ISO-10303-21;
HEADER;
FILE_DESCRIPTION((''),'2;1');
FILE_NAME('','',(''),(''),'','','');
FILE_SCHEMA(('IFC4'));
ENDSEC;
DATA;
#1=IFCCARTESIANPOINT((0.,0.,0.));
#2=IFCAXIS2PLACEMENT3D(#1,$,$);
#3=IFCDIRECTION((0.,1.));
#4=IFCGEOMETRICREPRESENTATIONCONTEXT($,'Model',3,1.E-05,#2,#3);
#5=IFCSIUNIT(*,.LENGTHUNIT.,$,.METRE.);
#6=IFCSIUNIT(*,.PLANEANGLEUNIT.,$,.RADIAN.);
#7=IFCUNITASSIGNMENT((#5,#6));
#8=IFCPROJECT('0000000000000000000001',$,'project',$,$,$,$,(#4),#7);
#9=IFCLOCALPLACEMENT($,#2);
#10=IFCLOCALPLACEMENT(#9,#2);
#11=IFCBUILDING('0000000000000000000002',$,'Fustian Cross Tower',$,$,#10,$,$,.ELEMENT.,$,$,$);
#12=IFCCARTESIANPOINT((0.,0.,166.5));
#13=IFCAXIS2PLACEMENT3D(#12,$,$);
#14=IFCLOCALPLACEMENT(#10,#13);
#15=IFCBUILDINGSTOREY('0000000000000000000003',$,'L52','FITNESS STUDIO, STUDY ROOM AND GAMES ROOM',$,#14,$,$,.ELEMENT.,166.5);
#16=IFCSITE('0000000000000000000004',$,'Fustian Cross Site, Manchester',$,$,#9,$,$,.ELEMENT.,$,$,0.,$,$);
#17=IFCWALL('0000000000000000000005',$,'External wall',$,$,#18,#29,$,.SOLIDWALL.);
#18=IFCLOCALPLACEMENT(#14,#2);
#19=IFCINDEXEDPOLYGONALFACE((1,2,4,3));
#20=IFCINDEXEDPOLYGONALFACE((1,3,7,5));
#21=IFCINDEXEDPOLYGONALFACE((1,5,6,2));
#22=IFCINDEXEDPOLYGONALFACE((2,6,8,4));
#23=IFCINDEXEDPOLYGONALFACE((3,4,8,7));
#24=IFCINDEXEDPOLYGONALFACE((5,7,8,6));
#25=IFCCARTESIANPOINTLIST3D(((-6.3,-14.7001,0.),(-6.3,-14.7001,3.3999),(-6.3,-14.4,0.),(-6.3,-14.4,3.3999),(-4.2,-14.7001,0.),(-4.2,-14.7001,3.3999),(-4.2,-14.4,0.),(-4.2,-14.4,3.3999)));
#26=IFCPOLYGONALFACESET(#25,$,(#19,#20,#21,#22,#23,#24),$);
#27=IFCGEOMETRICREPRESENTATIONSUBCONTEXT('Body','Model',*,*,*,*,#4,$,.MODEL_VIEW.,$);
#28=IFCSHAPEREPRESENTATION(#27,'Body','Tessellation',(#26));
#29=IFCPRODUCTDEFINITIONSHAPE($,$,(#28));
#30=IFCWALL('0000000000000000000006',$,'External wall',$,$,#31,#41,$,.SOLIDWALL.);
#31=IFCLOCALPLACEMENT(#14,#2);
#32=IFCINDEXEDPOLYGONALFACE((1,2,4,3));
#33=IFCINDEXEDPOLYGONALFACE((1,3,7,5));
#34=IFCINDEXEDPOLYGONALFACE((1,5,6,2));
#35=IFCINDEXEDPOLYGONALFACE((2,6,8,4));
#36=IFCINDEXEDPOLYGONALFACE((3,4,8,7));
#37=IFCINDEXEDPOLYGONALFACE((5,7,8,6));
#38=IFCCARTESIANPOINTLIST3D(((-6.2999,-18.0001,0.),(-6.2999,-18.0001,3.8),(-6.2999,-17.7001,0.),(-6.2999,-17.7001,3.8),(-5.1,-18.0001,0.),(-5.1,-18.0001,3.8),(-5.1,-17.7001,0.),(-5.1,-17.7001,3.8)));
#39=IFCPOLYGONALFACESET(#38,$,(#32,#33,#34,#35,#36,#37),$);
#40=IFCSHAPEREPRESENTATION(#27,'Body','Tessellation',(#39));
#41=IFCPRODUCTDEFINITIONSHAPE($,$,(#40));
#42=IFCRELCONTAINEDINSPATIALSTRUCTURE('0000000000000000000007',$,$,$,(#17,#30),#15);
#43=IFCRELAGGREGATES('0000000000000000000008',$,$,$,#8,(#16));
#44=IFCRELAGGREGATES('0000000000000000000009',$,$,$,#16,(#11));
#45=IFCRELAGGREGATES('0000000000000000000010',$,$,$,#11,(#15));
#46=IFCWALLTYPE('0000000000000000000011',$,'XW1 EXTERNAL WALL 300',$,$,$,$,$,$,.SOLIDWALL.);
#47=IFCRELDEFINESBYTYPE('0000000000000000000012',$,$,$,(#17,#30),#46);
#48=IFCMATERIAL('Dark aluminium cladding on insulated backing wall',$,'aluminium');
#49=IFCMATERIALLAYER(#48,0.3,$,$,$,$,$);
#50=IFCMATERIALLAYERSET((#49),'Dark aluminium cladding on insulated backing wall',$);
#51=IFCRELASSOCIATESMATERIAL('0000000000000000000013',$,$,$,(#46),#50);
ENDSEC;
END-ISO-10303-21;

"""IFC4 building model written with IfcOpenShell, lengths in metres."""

from ifc_helpers import new_model, si_unit, direction, frame, frame_2d, origin, place, context, subcontext, project, spatial, rectangle, extrude, material, layer, layer_set, type_object, element, save


model = new_model("IFC4")

# Units and contexts
model_context = context("Model", 3, precision=1e-05, world=origin(), true_north=direction((0.0, 1.0)))
body_context = subcontext(model_context, "Body", "Model", "MODEL_VIEW")
ifc_project = project(units=[si_unit("LENGTHUNIT", "METRE"), si_unit("PLANEANGLEUNIT", "RADIAN")], contexts=[model_context])

# Site, building, storey
site_placement = place(None, origin())
site = spatial("IfcSite", under=ifc_project, at=site_placement, Name="Fustian Cross Site, Manchester", CompositionType="ELEMENT", RefElevation=0.0)
building_placement = place(site_placement, origin())
building = spatial("IfcBuilding", under=site, at=building_placement, Name="Fustian Cross Tower", CompositionType="ELEMENT")
storey_placement = place(building_placement, frame((0.0, 0.0, 166.5)))
storey = spatial("IfcBuildingStorey", under=building, at=storey_placement, Name="L52", Description="FITNESS STUDIO, STUDY ROOM AND GAMES ROOM", CompositionType="ELEMENT", Elevation=166.5)

# Walls
ifc_material_1 = material(Name="Dark aluminium cladding on insulated backing wall", Category="aluminium")
ifc_layer_1 = layer(ifc_material_1, 0.3)
ifc_layer_set_1 = layer_set([ifc_layer_1], Name="Dark aluminium cladding on insulated backing wall")
wall_type_1 = type_object("IfcWallType", Name="XW1 EXTERNAL WALL 300", PredefinedType="SOLIDWALL", material=ifc_layer_set_1)
wall_1_placement = place(storey_placement, frame((-4.2, -14.55, 0.0), z_axis=(0.0, 0.0, 1.0), x_axis=(-1.0, 0.0, 0.0)))
element("IfcWall", 1, at=wall_1_placement, inside=storey, type_object=wall_type_1, Name="External wall", PredefinedType="SOLIDWALL", context=body_context, shape_type="SweptSolid", body=[
    extrude(rectangle(XDim=2.1001, YDim=0.3, at=frame_2d((1.05, 0.0))), origin(), (0.0, 0.0, 1.0), 3.3999),
])
wall_2_placement = place(storey_placement, frame((-6.3, -17.8501, 0.0), z_axis=(0.0, 0.0, 1.0), x_axis=(1.0, 0.0, 0.0)))
element("IfcWall", 2, at=wall_2_placement, inside=storey, type_object=wall_type_1, Name="External wall", PredefinedType="SOLIDWALL", context=body_context, shape_type="SweptSolid", body=[
    extrude(rectangle(XDim=1.2, YDim=0.3, at=frame_2d((0.6001, 0.0))), origin(), (0.0, 0.0, 1.0), 3.8),
])

save(model, "model.ifc")
